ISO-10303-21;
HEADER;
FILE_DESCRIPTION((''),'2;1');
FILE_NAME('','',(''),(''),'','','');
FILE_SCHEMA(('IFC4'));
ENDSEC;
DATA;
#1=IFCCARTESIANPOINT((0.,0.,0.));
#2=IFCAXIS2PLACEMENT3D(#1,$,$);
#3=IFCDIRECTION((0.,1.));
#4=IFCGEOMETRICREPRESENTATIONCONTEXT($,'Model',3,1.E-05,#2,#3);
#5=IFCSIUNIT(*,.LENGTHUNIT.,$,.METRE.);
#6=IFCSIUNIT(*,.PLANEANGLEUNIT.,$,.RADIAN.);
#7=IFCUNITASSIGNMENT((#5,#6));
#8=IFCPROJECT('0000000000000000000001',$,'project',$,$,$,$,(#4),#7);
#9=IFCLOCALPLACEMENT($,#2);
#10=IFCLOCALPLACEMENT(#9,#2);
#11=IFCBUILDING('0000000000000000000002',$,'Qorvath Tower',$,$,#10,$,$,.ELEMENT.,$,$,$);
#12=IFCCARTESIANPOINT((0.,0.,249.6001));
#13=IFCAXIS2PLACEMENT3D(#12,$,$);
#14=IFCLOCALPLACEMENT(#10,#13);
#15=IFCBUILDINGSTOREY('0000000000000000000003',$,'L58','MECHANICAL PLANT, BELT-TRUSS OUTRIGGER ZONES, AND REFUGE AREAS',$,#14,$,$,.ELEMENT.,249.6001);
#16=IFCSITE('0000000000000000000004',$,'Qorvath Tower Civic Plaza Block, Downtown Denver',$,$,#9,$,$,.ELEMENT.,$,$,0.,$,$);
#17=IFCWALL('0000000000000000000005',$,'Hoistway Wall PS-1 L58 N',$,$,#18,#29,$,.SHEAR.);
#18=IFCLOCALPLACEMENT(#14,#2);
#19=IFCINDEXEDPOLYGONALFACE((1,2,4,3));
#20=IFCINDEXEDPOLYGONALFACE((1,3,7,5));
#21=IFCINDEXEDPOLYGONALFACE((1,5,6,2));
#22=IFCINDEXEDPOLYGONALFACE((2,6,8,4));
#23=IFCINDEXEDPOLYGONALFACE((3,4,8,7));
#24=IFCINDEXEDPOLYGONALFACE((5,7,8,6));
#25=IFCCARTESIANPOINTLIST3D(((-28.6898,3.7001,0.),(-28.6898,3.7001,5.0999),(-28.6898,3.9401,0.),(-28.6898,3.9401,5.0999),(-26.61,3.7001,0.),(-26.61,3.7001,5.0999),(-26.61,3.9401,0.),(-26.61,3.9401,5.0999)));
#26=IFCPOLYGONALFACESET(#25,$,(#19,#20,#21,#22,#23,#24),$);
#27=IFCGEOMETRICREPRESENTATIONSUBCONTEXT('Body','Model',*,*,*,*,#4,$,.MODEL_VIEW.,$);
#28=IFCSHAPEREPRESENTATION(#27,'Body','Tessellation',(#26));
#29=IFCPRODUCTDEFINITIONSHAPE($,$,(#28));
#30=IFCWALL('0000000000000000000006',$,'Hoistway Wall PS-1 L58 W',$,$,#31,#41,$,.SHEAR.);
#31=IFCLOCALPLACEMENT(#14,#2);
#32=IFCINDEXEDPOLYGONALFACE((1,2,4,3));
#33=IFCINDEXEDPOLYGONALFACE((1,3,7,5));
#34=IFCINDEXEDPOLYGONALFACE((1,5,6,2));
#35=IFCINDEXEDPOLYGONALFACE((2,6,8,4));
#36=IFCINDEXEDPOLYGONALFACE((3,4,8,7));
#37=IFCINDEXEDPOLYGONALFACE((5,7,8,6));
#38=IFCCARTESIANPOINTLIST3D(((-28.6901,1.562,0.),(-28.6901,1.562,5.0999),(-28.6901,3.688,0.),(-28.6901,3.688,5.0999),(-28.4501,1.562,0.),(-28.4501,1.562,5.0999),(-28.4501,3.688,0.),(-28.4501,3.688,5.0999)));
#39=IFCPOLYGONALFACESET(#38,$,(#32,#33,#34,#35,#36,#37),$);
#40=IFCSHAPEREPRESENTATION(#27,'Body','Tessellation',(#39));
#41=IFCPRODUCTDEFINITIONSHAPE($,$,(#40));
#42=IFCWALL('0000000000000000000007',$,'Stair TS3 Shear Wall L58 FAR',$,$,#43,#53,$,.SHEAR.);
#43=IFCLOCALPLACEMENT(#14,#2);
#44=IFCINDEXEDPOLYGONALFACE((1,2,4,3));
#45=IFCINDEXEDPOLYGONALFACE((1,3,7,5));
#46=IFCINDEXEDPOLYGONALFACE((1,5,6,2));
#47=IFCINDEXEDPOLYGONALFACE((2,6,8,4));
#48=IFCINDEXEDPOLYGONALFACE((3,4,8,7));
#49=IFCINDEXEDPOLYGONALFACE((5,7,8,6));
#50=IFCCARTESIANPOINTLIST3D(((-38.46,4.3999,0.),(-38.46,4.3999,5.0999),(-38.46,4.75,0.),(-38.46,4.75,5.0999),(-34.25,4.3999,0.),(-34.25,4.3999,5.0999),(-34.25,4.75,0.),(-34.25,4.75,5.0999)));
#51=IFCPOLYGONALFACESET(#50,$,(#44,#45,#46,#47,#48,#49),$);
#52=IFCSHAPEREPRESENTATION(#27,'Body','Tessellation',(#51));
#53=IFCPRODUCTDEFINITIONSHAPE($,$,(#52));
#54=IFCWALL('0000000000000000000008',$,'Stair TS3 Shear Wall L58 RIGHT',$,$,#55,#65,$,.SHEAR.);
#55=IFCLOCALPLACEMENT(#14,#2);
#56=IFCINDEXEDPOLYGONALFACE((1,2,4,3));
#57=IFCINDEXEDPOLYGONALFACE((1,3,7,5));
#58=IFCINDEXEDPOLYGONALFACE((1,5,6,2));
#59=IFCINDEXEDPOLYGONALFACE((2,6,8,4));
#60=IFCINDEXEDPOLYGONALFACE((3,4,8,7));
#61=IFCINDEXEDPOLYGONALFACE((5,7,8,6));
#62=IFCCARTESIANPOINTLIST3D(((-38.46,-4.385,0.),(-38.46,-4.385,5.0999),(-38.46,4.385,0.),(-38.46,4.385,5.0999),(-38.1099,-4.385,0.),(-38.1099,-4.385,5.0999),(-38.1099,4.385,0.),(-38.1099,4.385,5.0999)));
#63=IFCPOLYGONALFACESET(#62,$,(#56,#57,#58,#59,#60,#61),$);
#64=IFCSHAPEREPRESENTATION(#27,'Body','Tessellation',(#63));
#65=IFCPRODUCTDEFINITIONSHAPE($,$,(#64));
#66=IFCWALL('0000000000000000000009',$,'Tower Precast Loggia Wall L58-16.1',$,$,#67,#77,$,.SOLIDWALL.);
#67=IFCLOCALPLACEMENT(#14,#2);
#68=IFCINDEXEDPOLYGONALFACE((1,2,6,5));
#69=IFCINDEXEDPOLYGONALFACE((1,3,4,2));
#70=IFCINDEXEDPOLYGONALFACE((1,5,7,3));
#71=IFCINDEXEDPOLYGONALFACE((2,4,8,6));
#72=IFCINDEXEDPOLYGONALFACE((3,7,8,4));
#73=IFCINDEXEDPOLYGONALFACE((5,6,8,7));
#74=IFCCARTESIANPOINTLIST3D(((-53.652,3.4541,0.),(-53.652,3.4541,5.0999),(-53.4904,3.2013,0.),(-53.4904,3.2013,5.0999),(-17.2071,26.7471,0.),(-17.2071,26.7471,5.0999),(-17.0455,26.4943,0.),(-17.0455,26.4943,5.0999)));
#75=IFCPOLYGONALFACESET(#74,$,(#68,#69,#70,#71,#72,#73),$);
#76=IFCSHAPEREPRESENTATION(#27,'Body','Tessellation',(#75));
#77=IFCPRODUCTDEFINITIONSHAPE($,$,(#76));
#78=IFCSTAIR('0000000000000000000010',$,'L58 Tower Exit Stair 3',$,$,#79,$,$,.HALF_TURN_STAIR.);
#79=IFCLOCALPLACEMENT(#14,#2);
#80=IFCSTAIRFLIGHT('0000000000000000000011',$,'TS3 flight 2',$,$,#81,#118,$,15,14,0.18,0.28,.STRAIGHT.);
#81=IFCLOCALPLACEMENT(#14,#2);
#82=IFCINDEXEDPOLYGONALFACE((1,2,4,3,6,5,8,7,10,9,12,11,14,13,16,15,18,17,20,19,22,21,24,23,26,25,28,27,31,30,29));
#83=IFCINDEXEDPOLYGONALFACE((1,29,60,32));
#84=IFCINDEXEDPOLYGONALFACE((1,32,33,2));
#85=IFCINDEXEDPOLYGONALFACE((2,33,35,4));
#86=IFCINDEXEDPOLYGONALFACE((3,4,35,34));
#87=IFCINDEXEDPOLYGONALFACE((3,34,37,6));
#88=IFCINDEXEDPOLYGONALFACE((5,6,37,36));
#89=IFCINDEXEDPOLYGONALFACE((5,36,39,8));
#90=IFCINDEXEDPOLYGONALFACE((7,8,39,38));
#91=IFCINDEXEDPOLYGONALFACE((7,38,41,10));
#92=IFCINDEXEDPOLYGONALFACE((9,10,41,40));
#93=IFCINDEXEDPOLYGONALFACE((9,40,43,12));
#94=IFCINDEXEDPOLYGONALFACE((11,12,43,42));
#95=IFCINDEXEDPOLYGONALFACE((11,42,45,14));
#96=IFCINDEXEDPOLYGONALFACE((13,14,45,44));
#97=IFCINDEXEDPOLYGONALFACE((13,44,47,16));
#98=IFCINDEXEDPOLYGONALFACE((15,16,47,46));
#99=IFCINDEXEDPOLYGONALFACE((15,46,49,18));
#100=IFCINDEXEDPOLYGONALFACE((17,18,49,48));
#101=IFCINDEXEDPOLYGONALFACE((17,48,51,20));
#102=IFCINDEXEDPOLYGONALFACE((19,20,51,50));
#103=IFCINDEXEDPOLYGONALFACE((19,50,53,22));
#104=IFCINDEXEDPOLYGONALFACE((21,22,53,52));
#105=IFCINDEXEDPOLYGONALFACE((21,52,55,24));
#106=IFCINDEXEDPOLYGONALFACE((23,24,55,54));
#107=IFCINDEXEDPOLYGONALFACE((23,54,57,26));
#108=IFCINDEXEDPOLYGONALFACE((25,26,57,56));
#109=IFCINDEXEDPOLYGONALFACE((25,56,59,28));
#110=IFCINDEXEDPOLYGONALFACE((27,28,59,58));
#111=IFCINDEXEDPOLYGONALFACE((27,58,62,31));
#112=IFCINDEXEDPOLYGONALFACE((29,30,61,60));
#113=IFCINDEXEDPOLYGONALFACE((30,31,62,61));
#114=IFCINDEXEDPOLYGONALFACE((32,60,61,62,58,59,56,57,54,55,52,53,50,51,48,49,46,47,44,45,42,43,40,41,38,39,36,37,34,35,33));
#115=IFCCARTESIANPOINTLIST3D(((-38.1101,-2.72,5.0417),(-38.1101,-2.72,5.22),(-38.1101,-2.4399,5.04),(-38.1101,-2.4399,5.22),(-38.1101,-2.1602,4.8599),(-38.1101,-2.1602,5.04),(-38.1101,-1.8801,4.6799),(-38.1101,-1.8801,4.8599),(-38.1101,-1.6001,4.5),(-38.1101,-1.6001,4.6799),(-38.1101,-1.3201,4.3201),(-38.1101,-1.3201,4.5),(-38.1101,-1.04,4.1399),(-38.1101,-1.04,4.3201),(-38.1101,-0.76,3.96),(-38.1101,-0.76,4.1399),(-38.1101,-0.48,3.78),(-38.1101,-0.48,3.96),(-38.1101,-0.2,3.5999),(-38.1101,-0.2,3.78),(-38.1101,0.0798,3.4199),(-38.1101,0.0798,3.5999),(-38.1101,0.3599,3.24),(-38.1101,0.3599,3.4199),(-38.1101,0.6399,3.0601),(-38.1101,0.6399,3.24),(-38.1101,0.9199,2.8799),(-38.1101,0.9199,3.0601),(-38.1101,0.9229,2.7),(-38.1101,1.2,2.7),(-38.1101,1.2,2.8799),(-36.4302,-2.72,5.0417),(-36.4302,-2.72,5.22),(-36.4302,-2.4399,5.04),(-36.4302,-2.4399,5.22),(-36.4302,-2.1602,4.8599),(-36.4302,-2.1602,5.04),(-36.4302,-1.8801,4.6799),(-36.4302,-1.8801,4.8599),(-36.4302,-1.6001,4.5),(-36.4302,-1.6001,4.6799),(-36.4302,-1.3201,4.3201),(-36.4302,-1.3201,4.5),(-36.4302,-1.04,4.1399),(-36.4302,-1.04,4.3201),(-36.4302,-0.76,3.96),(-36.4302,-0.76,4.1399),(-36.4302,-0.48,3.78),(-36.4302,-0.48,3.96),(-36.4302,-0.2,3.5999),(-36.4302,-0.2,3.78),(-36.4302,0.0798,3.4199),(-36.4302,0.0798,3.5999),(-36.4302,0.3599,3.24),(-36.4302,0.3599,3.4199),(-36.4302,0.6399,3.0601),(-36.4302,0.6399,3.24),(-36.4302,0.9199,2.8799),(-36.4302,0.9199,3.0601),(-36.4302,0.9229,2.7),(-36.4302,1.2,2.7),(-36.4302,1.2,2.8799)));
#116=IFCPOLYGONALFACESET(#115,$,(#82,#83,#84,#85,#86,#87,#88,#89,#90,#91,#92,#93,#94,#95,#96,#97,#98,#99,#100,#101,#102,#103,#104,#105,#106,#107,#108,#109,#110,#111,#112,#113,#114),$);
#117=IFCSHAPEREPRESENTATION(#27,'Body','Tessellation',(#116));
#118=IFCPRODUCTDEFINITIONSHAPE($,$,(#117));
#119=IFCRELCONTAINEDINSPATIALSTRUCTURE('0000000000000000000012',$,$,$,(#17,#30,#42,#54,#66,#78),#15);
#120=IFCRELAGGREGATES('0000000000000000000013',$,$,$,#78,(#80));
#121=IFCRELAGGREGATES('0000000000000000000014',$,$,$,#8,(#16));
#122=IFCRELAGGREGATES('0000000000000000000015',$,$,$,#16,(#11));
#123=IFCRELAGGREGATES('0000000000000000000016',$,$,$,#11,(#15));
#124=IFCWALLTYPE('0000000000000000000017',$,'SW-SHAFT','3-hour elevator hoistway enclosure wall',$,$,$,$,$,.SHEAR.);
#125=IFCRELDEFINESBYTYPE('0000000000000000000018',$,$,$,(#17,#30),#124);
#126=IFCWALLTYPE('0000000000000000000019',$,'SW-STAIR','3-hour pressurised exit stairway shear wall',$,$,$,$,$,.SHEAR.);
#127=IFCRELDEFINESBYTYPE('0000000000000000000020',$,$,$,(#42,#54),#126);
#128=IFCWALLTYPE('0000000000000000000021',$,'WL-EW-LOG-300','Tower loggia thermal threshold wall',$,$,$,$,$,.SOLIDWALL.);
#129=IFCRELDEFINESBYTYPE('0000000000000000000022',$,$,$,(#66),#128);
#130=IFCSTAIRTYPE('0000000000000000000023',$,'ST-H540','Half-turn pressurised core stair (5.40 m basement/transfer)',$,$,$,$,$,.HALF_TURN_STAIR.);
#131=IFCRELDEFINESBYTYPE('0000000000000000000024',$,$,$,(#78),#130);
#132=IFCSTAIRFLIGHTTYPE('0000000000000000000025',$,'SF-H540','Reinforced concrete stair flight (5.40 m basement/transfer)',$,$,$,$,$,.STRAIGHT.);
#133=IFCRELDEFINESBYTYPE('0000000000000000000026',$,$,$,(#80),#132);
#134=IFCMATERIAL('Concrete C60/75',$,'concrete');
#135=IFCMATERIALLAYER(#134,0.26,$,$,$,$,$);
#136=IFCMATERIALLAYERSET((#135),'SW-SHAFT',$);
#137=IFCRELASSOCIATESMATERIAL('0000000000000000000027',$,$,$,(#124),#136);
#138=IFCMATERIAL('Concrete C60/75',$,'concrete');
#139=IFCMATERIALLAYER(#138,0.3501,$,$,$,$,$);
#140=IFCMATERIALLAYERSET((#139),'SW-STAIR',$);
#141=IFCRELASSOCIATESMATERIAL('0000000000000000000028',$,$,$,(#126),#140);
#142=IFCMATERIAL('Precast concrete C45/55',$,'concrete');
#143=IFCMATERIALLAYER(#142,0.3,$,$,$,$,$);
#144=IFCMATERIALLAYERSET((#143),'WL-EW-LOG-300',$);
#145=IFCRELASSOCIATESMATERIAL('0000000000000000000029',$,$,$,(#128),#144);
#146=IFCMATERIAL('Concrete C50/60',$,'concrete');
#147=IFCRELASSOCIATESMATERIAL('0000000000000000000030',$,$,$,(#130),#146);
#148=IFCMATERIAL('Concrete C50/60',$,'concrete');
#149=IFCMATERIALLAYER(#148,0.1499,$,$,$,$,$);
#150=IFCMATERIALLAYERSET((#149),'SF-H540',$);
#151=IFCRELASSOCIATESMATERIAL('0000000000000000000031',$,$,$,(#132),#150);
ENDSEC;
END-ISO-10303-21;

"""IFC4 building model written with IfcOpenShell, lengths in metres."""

from ifc_helpers import new_model, si_unit, direction, frame, frame_2d, origin, place, context, subcontext, project, spatial, polyline, rectangle, outline, extrude, material, layer, layer_set, type_object, element, aggregate, save


model = new_model("IFC4")

# Units and contexts
model_context = context("Model", 3, precision=1e-05, world=origin(), true_north=direction((0.0, 1.0)))
body_context = subcontext(model_context, "Body", "Model", "MODEL_VIEW")
ifc_project = project(units=[si_unit("LENGTHUNIT", "METRE"), si_unit("PLANEANGLEUNIT", "RADIAN")], contexts=[model_context])

# Site, building, storey
site_placement = place(None, origin())
site = spatial("IfcSite", under=ifc_project, at=site_placement, Name="Qorvath Tower Civic Plaza Block, Downtown Denver", CompositionType="ELEMENT", RefElevation=0.0)
building_placement = place(site_placement, origin())
building = spatial("IfcBuilding", under=site, at=building_placement, Name="Qorvath Tower", CompositionType="ELEMENT")
storey_placement = place(building_placement, frame((0.0, 0.0, 249.6001)))
storey = spatial("IfcBuildingStorey", under=building, at=storey_placement, Name="L58", Description="MECHANICAL PLANT, BELT-TRUSS OUTRIGGER ZONES, AND REFUGE AREAS", CompositionType="ELEMENT", Elevation=249.6001)

# Shared definitions
ifc_material_1 = material(Name="Concrete C60/75", Category="concrete")
ifc_layer_1 = layer(ifc_material_1, 0.26)
ifc_layer_set_1 = layer_set([ifc_layer_1], Name="SW-SHAFT")
wall_type_1 = type_object("IfcWallType", Name="SW-SHAFT", Description="3-hour elevator hoistway enclosure wall", PredefinedType="SHEAR", material=ifc_layer_set_1)

# Walls
wall_1_placement = place(storey_placement, frame((-28.6899, 3.8201, 0.0), z_axis=(0.0, 0.0, 1.0), x_axis=(1.0, 0.0, 0.0)))
element("IfcWall", 1, at=wall_1_placement, inside=storey, type_object=wall_type_1, Name="Hoistway Wall PS-1 L58 N", PredefinedType="SHEAR", context=body_context, shape_type="SweptSolid", body=[
    extrude(rectangle(XDim=2.0798, YDim=0.24, at=frame_2d((1.04, 0.0))), origin(), (0.0, 0.0, 1.0), 5.0999),
])
wall_2_placement = place(storey_placement, frame((-28.5701, 1.562, 0.0), z_axis=(0.0, 0.0, 1.0), x_axis=(0.0, 1.0, 0.0)))
element("IfcWall", 2, at=wall_2_placement, inside=storey, type_object=wall_type_1, Name="Hoistway Wall PS-1 L58 W", PredefinedType="SHEAR", context=body_context, shape_type="SweptSolid", body=[
    extrude(rectangle(XDim=2.126, YDim=0.24, at=frame_2d((1.063, 0.0))), origin(), (0.0, 0.0, 1.0), 5.0999),
])
ifc_material_2 = material(Name="Concrete C60/75", Category="concrete")
ifc_layer_2 = layer(ifc_material_2, 0.3501)
ifc_layer_set_2 = layer_set([ifc_layer_2], Name="SW-STAIR")
wall_type_2 = type_object("IfcWallType", Name="SW-STAIR", Description="3-hour pressurised exit stairway shear wall", PredefinedType="SHEAR", material=ifc_layer_set_2)
wall_3_placement = place(storey_placement, frame((-34.25, 4.575, 0.0), z_axis=(0.0, 0.0, 1.0), x_axis=(-1.0, 0.0, 0.0)))
element("IfcWall", 3, at=wall_3_placement, inside=storey, type_object=wall_type_2, Name="Stair TS3 Shear Wall L58 FAR", PredefinedType="SHEAR", context=body_context, shape_type="SweptSolid", body=[
    extrude(rectangle(XDim=4.21, YDim=0.3501, at=frame_2d((2.105, 0.0))), origin(), (0.0, 0.0, 1.0), 5.0999),
])
wall_4_placement = place(storey_placement, frame((-38.2849, 4.385, 0.0), z_axis=(0.0, 0.0, 1.0), x_axis=(0.0, -1.0, 0.0)))
element("IfcWall", 4, at=wall_4_placement, inside=storey, type_object=wall_type_2, Name="Stair TS3 Shear Wall L58 RIGHT", PredefinedType="SHEAR", context=body_context, shape_type="SweptSolid", body=[
    extrude(rectangle(XDim=8.77, YDim=0.3501, at=frame_2d((4.385, 0.0))), origin(), (0.0, 0.0, 1.0), 5.0999),
])
ifc_material_3 = material(Name="Precast concrete C45/55", Category="concrete")
ifc_layer_3 = layer(ifc_material_3, 0.3)
ifc_layer_set_3 = layer_set([ifc_layer_3], Name="WL-EW-LOG-300")
wall_type_3 = type_object("IfcWallType", Name="WL-EW-LOG-300", Description="Tower loggia thermal threshold wall", PredefinedType="SOLIDWALL", material=ifc_layer_set_3)
wall_5_placement = place(storey_placement, frame((-53.5713, 3.3276, 0.0), z_axis=(0.0, 0.0, 1.0), x_axis=(0.842604, 0.538533, 0.0)))
element("IfcWall", 5, at=wall_5_placement, inside=storey, type_object=wall_type_3, Name="Tower Precast Loggia Wall L58-16.1", PredefinedType="SOLIDWALL", context=body_context, shape_type="SweptSolid", body=[
    extrude(rectangle(XDim=43.2527, YDim=0.3, at=frame_2d((21.6265, 0.0))), origin(), (0.0, 0.0, 1.0), 5.0999),
])

# Stair, stair flight
ifc_material_4 = material(Name="Concrete C50/60", Category="concrete")
stair_type = type_object("IfcStairType", Name="ST-H540", Description="Half-turn pressurised core stair (5.40 m basement/transfer)", PredefinedType="HALF_TURN_STAIR", material=ifc_material_4)
stair_placement = place(storey_placement, origin())
stair = element("IfcStair", 6, at=stair_placement, inside=storey, type_object=stair_type, Name="L58 Tower Exit Stair 3", PredefinedType="HALF_TURN_STAIR")
ifc_material_5 = material(Name="Concrete C50/60", Category="concrete")
ifc_layer_4 = layer(ifc_material_5, 0.1499)
ifc_layer_set_4 = layer_set([ifc_layer_4], Name="SF-H540")
stair_flight_type = type_object("IfcStairFlightType", Name="SF-H540", Description="Reinforced concrete stair flight (5.40 m basement/transfer)", PredefinedType="STRAIGHT", material=ifc_layer_set_4)
stair_flight_placement = place(storey_placement, frame((-37.27, 1.2, 2.7), z_axis=(0.0, 0.0, 1.0), x_axis=(0.0, -1.0, 0.0)))
stair_flight = element("IfcStairFlight", 7, at=stair_flight_placement, type_object=stair_flight_type, Name="TS3 flight 2", NumberOfRisers=15, NumberOfTreads=14, PredefinedType="STRAIGHT", RiserHeight=0.18, TreadLength=0.28, context=body_context, shape_type="SweptSolid", body=[
    extrude(outline(polyline([(0.0, 0.0), (0.0, 0.1799), (0.28, 0.1799), (0.28, 0.3601), (0.5601, 0.3601), (0.5601, 0.54), (0.8401, 0.54), (0.8401, 0.72), (1.1201, 0.72), (1.1201, 0.8999), (1.3999, 0.8999), (1.3999, 1.0801), (1.6799, 1.0801), (1.6799, 1.26), (1.96, 1.26), (1.96, 1.4399), (2.24, 1.4399), (2.24, 1.6201), (2.52, 1.6201), (2.52, 1.8), (2.8, 1.8), (2.8, 1.98), (3.0801, 1.98), (3.0801, 2.1599), (3.3601, 2.1599), (3.3601, 2.3401), (3.6399, 2.3401), (3.6399, 2.52), (3.9199, 2.52), (3.9199, 2.7), (3.9199, 2.3418), (0.2771, 0.0), (0.0, 0.0)])), frame((0.0, 0.8398, 0.0), z_axis=(0.0, -1.0, 0.0), x_axis=(1.0, 0.0, 0.0)), (0.0, 0.0, 1.0), 1.6799),
])
aggregate(stair, [stair_flight])

save(model, "model.ifc")
